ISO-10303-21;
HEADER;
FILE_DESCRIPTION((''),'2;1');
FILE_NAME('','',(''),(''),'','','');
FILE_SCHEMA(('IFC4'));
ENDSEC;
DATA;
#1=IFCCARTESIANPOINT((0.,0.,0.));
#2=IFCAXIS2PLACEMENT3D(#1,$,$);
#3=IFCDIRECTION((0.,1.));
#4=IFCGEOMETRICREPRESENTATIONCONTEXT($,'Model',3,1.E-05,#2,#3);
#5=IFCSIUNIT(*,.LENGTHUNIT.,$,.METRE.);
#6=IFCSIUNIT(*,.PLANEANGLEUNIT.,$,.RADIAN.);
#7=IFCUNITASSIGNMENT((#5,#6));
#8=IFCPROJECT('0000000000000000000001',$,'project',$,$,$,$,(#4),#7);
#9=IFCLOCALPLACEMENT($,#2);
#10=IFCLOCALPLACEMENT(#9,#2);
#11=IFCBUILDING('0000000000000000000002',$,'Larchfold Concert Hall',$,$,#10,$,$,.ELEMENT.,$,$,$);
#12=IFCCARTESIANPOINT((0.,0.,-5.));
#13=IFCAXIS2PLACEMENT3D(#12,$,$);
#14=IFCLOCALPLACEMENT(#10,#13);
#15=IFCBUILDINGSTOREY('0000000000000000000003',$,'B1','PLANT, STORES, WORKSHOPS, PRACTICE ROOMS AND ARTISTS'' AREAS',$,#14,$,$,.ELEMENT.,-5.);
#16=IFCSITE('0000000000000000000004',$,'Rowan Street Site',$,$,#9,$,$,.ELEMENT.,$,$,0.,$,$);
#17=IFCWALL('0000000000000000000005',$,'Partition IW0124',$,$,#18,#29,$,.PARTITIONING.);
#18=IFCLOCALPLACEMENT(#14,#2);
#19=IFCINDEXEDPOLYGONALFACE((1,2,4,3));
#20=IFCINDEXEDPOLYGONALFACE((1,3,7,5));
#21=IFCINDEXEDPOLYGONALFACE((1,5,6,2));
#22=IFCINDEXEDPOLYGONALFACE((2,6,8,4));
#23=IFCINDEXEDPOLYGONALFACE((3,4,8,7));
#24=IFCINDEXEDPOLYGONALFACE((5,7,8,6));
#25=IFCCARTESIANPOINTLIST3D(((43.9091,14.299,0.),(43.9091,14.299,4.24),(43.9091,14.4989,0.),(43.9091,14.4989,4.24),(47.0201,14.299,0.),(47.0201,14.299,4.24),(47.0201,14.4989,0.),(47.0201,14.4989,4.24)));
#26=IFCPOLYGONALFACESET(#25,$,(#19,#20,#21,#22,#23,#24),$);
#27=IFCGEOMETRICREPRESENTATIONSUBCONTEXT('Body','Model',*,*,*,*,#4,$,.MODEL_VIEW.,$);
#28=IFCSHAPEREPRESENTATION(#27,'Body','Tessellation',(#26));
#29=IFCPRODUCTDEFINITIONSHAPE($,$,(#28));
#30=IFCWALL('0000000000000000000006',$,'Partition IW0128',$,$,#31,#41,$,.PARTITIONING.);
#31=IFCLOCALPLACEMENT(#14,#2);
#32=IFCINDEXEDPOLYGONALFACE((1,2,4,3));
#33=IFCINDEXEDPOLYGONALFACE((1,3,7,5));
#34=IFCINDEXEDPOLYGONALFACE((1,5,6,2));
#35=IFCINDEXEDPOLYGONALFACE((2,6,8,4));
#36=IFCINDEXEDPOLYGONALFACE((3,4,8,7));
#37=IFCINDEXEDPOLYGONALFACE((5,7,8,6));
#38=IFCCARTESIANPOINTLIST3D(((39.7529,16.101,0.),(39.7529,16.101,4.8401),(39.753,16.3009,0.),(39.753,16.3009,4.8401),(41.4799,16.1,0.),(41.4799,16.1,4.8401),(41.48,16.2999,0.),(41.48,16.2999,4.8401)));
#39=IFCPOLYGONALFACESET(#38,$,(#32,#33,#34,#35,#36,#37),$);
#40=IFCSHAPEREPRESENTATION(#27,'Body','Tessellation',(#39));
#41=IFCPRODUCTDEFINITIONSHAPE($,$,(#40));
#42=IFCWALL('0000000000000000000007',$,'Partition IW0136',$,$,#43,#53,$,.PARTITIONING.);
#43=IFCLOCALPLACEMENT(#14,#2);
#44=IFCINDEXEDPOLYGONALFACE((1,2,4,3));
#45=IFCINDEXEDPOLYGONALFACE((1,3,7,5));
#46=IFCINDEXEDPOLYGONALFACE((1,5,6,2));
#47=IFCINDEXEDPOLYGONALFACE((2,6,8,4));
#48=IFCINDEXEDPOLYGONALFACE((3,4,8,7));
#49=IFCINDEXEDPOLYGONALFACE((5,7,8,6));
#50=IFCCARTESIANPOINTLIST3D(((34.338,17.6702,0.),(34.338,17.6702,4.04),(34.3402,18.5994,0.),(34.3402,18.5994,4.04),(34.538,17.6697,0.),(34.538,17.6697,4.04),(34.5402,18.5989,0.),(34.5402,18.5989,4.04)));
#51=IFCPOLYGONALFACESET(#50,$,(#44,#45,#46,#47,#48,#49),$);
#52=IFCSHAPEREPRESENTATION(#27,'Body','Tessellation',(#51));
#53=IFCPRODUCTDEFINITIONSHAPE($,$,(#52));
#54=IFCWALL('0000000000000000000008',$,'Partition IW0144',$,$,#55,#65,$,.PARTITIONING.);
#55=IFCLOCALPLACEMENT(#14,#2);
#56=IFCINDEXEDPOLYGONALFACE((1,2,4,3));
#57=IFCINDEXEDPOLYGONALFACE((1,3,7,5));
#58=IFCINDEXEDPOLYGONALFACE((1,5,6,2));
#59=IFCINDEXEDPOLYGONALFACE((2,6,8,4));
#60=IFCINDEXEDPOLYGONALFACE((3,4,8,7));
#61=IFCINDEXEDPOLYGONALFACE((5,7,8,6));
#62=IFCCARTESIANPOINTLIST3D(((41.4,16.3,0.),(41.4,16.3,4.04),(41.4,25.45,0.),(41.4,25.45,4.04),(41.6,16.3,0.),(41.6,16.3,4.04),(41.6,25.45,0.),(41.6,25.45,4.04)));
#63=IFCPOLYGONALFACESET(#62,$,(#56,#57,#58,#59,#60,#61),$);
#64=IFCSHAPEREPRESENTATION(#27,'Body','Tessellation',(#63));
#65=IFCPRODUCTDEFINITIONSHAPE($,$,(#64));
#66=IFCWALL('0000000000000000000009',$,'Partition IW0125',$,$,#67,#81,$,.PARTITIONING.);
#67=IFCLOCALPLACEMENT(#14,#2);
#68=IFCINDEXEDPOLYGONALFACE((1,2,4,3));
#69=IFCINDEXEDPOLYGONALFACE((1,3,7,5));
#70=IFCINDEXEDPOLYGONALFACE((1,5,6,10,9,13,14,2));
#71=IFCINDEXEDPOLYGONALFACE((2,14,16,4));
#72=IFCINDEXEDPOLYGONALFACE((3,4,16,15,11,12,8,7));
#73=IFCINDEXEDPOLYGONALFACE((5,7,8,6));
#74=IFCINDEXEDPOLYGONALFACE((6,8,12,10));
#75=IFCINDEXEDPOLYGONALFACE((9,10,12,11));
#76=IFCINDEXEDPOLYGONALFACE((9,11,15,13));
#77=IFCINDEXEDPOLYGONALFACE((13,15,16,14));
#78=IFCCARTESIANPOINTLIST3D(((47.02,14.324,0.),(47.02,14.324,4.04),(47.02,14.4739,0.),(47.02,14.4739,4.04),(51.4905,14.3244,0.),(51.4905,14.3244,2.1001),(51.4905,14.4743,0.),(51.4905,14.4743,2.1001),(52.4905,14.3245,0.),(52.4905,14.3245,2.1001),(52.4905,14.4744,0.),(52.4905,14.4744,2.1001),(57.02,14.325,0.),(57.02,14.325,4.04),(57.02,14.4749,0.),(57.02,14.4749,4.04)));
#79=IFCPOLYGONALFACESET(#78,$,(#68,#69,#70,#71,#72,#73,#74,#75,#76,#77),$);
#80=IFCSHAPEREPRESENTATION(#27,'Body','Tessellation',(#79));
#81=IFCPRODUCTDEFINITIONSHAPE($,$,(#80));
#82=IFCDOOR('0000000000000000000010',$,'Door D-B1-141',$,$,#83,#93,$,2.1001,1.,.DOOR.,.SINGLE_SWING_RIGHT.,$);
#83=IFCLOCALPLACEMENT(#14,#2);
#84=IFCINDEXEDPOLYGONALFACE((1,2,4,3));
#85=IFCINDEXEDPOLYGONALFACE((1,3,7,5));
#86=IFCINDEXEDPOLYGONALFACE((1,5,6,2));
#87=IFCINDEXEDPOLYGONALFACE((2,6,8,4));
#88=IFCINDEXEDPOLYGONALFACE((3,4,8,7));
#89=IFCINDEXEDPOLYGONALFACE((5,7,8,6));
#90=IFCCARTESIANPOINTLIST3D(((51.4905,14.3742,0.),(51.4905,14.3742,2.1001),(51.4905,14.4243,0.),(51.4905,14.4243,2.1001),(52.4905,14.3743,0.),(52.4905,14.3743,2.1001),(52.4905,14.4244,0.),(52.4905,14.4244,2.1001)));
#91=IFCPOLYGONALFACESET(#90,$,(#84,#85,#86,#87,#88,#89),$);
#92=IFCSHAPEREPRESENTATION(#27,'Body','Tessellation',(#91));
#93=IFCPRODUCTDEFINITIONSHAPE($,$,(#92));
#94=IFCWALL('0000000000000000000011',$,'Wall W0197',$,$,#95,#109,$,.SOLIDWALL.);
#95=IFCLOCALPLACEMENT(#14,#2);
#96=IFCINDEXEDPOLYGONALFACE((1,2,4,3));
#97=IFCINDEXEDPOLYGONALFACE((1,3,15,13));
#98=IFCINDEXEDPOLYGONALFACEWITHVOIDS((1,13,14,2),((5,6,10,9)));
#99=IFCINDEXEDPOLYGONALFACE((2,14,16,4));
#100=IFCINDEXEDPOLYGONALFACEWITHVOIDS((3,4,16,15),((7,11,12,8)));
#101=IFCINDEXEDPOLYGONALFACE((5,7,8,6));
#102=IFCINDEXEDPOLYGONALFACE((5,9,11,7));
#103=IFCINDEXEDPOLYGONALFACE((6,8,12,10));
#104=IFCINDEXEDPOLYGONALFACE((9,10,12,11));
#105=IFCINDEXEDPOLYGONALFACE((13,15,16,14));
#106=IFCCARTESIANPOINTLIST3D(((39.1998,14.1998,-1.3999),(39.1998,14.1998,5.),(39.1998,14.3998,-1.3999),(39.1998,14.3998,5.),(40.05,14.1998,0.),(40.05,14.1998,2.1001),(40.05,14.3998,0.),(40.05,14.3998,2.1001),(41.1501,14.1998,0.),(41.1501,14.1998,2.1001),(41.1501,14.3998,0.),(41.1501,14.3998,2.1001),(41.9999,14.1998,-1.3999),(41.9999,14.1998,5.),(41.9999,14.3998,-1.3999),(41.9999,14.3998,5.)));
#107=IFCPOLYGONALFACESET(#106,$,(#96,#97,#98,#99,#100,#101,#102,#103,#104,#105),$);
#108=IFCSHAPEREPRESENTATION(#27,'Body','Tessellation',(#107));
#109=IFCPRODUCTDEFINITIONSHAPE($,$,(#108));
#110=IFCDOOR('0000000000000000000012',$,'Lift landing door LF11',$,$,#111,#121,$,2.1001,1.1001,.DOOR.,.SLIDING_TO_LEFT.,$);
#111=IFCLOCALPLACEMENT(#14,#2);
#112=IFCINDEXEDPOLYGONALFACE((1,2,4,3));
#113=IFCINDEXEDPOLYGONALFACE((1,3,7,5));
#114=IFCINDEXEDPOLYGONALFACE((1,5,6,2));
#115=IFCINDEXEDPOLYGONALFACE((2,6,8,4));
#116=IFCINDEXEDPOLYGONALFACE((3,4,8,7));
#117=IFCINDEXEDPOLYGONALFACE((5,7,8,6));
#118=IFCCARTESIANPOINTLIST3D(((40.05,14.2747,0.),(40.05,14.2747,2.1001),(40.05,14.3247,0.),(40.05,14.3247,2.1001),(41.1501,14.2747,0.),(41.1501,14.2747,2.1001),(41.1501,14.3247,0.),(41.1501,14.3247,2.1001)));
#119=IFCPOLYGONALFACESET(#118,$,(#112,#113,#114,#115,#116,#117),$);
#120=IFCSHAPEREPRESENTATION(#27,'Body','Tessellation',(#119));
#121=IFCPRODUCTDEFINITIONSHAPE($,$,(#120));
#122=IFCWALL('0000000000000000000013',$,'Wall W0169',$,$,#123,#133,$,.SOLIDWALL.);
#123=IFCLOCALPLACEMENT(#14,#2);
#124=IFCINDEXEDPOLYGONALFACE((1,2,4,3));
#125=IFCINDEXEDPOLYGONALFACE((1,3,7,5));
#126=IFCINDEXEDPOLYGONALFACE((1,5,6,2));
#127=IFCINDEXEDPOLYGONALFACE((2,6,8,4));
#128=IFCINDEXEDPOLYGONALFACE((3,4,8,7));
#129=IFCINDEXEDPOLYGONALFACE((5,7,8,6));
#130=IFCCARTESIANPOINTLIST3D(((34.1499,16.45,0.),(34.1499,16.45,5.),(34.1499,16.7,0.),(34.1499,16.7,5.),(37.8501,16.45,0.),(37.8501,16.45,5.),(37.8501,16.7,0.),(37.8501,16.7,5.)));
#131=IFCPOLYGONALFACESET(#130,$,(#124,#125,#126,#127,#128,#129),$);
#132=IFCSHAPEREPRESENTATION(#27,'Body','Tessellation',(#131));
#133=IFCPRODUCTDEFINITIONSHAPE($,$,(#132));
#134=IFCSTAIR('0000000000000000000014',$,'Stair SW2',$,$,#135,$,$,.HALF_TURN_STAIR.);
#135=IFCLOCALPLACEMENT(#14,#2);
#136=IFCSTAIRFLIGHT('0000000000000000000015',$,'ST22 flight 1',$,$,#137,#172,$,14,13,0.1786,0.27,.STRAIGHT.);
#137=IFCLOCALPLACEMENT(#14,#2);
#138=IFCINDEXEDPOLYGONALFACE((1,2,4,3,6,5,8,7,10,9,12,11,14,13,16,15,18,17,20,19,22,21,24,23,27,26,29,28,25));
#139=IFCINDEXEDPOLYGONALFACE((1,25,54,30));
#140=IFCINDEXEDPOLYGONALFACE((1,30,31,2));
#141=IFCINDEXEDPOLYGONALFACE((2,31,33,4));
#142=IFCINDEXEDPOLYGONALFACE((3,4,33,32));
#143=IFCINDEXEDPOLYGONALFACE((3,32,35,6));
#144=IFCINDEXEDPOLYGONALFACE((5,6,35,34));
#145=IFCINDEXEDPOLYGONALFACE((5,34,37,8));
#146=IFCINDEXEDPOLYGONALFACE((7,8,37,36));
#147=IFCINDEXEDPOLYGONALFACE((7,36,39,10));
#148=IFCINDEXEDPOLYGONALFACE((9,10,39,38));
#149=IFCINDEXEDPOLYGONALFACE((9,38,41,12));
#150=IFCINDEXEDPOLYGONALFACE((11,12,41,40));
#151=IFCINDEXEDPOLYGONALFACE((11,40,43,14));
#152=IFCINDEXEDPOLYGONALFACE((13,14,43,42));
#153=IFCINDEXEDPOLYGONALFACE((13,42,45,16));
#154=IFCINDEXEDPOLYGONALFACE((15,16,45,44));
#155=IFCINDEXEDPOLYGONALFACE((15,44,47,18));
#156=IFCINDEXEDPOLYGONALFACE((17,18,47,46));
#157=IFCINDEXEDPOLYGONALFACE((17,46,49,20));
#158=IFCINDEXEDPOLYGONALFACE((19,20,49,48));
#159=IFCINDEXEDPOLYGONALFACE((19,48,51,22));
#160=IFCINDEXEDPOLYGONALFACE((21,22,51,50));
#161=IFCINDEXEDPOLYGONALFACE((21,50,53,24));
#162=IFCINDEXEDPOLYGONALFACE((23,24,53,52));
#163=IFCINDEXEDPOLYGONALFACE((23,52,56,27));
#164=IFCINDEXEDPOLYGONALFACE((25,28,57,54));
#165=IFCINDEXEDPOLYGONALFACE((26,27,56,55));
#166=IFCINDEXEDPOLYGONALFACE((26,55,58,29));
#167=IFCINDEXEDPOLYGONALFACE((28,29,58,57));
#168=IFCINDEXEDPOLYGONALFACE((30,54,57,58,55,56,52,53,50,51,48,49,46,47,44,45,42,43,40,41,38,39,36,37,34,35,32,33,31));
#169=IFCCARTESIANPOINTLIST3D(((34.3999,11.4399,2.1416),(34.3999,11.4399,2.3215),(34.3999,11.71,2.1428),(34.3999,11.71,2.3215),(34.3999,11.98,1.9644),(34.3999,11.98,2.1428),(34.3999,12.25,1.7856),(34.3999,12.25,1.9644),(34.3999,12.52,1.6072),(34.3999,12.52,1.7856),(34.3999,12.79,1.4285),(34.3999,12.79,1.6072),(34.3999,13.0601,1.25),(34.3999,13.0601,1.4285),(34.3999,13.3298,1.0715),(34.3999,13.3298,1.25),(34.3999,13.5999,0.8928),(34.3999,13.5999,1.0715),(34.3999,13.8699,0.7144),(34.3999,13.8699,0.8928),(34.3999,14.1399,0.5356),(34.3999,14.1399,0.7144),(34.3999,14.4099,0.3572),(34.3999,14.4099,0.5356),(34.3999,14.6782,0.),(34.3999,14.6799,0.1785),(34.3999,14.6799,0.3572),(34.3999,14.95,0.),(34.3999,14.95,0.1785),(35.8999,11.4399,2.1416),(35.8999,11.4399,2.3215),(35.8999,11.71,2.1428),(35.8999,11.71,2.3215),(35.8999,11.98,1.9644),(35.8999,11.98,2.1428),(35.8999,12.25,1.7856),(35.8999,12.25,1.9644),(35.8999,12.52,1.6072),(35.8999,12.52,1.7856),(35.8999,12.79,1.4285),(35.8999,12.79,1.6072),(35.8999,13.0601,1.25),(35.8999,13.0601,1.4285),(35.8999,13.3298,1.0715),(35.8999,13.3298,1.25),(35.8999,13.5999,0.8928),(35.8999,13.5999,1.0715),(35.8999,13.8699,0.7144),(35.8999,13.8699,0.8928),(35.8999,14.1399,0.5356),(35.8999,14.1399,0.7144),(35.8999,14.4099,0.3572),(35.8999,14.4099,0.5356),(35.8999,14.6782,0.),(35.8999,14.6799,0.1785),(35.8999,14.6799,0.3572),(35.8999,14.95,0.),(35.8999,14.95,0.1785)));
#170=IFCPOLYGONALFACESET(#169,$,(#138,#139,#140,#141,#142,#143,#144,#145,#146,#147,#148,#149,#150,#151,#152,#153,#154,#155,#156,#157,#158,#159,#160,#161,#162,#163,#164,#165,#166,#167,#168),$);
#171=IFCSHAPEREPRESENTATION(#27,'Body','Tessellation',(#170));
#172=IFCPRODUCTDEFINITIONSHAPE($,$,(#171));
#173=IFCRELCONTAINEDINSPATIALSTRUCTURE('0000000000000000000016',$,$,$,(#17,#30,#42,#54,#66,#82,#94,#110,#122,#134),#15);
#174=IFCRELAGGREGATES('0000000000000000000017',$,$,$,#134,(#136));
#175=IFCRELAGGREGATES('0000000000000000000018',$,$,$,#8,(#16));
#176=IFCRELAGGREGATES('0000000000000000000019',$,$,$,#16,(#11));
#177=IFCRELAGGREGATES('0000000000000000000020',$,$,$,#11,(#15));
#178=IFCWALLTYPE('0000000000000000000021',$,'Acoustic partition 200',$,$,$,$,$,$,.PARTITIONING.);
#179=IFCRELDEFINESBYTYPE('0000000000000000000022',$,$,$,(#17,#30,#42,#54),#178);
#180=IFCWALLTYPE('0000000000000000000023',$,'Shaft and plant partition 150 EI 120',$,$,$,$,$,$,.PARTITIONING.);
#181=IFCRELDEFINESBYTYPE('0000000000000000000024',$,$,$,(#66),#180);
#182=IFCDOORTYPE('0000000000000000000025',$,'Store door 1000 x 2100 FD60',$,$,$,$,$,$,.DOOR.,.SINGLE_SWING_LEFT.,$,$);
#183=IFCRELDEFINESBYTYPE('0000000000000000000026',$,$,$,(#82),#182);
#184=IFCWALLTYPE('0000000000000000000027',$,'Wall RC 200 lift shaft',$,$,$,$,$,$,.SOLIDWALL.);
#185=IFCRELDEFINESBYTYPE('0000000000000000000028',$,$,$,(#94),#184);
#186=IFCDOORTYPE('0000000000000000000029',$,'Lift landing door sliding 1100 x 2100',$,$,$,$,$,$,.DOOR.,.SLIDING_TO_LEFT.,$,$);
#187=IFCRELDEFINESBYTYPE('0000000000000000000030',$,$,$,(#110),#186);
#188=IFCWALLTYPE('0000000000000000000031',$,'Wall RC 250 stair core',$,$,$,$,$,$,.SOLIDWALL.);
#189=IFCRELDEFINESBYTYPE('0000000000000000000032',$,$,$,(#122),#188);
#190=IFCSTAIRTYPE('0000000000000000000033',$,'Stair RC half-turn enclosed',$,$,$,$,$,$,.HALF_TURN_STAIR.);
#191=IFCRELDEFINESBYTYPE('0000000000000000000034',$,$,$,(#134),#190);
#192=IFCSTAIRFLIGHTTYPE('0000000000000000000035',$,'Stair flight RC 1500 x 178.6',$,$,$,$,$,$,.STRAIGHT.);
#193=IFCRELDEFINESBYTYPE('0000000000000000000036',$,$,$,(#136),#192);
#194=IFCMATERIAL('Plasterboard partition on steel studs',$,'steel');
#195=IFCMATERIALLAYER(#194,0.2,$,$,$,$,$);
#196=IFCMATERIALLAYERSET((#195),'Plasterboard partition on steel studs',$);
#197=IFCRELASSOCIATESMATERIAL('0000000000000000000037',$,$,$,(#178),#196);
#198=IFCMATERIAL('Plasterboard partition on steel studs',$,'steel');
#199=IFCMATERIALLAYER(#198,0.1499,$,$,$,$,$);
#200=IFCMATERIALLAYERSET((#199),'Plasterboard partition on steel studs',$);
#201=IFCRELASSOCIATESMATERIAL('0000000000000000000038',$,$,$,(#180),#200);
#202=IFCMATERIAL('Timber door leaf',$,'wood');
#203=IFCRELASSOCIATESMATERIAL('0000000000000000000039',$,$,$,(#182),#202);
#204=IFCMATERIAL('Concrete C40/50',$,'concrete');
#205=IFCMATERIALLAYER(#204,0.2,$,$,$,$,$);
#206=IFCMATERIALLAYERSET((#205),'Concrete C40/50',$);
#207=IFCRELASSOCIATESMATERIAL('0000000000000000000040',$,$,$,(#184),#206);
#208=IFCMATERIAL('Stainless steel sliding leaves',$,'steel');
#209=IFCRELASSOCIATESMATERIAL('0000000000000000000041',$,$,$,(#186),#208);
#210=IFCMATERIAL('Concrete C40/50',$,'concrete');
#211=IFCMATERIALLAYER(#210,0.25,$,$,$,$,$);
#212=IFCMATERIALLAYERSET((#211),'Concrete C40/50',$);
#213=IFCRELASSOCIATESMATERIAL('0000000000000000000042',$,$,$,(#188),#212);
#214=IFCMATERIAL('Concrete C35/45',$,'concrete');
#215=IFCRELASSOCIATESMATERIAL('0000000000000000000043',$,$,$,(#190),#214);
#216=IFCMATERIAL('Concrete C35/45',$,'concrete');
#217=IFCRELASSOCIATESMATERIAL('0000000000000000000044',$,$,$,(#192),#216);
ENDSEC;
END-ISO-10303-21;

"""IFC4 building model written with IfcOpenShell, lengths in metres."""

from ifc_helpers import new_model, si_unit, direction, frame, frame_2d, origin, place, context, subcontext, project, spatial, polyline, rectangle, outline, extrude, material, layer, layer_set, type_object, element, fill, aggregate, save


model = new_model("IFC4")

# Units and contexts
model_context = context("Model", 3, precision=1e-05, world=origin(), true_north=direction((0.0, 1.0)))
body_context = subcontext(model_context, "Body", "Model", "MODEL_VIEW")
ifc_project = project(units=[si_unit("LENGTHUNIT", "METRE"), si_unit("PLANEANGLEUNIT", "RADIAN")], contexts=[model_context])

# Site, building, storey
site_placement = place(None, origin())
site = spatial("IfcSite", under=ifc_project, at=site_placement, Name="Rowan Street Site", CompositionType="ELEMENT", RefElevation=0.0)
building_placement = place(site_placement, origin())
building = spatial("IfcBuilding", under=site, at=building_placement, Name="Larchfold Concert Hall", CompositionType="ELEMENT")
storey_placement = place(building_placement, frame((0.0, 0.0, -5.0)))
storey = spatial("IfcBuildingStorey", under=building, at=storey_placement, Name="B1", Description="PLANT, STORES, WORKSHOPS, PRACTICE ROOMS AND ARTISTS' AREAS", CompositionType="ELEMENT", Elevation=-5.0)

# Shared definitions
ifc_material_1 = material(Name="Plasterboard partition on steel studs", Category="steel")
ifc_layer_1 = layer(ifc_material_1, 0.2)
ifc_layer_set_1 = layer_set([ifc_layer_1], Name="Plasterboard partition on steel studs")
wall_type_1 = type_object("IfcWallType", Name="Acoustic partition 200", PredefinedType="PARTITIONING", material=ifc_layer_set_1)

# Walls
wall_1_placement = place(storey_placement, frame((43.9089, 14.3989, 0.0), z_axis=(0.0, 0.0, 1.0), x_axis=(1.0, 0.0, 0.0)))
element("IfcWall", 1, at=wall_1_placement, inside=storey, type_object=wall_type_1, Name="Partition IW0124", PredefinedType="PARTITIONING", context=body_context, shape_type="SweptSolid", body=[
    extrude(rectangle(XDim=3.1111, YDim=0.2, at=frame_2d((1.5557, 0.0))), origin(), (0.0, 0.0, 1.0), 4.24),
])
wall_2_placement = place(storey_placement, frame((39.7529, 16.2009, 0.0), z_axis=(0.0, 0.0, 1.0), x_axis=(1.0, -0.000565, 0.0)))
element("IfcWall", 2, at=wall_2_placement, inside=storey, type_object=wall_type_1, Name="Partition IW0128", PredefinedType="PARTITIONING", context=body_context, shape_type="SweptSolid", body=[
    extrude(rectangle(XDim=1.7271, YDim=0.2, at=frame_2d((0.8635, 0.0))), origin(), (0.0, 0.0, 1.0), 4.8401),
])
wall_3_placement = place(storey_placement, frame((34.438, 17.6699, 0.0), z_axis=(0.0, 0.0, 1.0), x_axis=(0.002365, 0.999997, 0.0)))
element("IfcWall", 3, at=wall_3_placement, inside=storey, type_object=wall_type_1, Name="Partition IW0136", PredefinedType="PARTITIONING", context=body_context, shape_type="SweptSolid", body=[
    extrude(rectangle(XDim=0.9292, YDim=0.2, at=frame_2d((0.4646, 0.0))), origin(), (0.0, 0.0, 1.0), 4.04),
])
wall_4_placement = place(storey_placement, frame((41.5, 16.3, 0.0), z_axis=(0.0, 0.0, 1.0), x_axis=(0.0, 1.0, 0.0)))
element("IfcWall", 4, at=wall_4_placement, inside=storey, type_object=wall_type_1, Name="Partition IW0144", PredefinedType="PARTITIONING", context=body_context, shape_type="SweptSolid", body=[
    extrude(rectangle(XDim=9.1499, YDim=0.2, at=frame_2d((4.575, 0.0))), origin(), (0.0, 0.0, 1.0), 4.04),
])

# Walls, openings, doors
ifc_material_2 = material(Name="Plasterboard partition on steel studs", Category="steel")
ifc_layer_2 = layer(ifc_material_2, 0.1499)
ifc_layer_set_2 = layer_set([ifc_layer_2], Name="Plasterboard partition on steel studs")
wall_type_2 = type_object("IfcWallType", Name="Shaft and plant partition 150 EI 120", PredefinedType="PARTITIONING", material=ifc_layer_set_2)
wall_5_placement = place(storey_placement, frame((47.02, 14.3989, 0.0), z_axis=(0.0, 0.0, 1.0), x_axis=(1.0, 0.000098, 0.0)))
wall_5 = element("IfcWall", 5, at=wall_5_placement, inside=storey, type_object=wall_type_2, Name="Partition IW0125", PredefinedType="PARTITIONING", context=body_context, shape_type="SweptSolid", body=[
    extrude(rectangle(XDim=10.0, YDim=0.1499, at=frame_2d((5.0, 0.0))), origin(), (0.0, 0.0, 1.0), 4.04),
])
opening_1_placement = place(wall_5_placement, frame((4.4705, 0.0, 0.0)))
opening_1 = element("IfcOpeningElement", 6, at=opening_1_placement, cuts=wall_5, PredefinedType="OPENING", context=body_context, shape_type="SweptSolid", body=[
    extrude(rectangle(XDim=1.0, YDim=2.1001, at=frame_2d((0.5, 1.05))), frame((0.0, 0.085, 0.0), z_axis=(0.0, -1.0, 0.0), x_axis=(1.0, 0.0, 0.0)), (0.0, 0.0, 1.0), 0.1699),
])
ifc_material_3 = material(Name="Timber door leaf", Category="wood")
door_type_1 = type_object("IfcDoorType", Name="Store door 1000 x 2100 FD60", OperationType="SINGLE_SWING_LEFT", PredefinedType="DOOR", material=ifc_material_3)
door_1_placement = place(opening_1_placement, origin())
door_1 = element("IfcDoor", 7, at=door_1_placement, inside=storey, type_object=door_type_1, Name="Door D-B1-141", OperationType="SINGLE_SWING_RIGHT", OverallHeight=2.1001, OverallWidth=1.0, PredefinedType="DOOR", context=body_context, shape_type="SweptSolid", body=[
    extrude(rectangle(XDim=1.0, YDim=2.1001, at=frame_2d((0.5, 1.05))), frame((0.0, 0.0249, 0.0), z_axis=(0.0, -1.0, 0.0), x_axis=(1.0, 0.0, 0.0)), (0.0, 0.0, 1.0), 0.05),
])
fill(opening_1, door_1)
ifc_material_4 = material(Name="Concrete C40/50", Category="concrete")
ifc_layer_3 = layer(ifc_material_4, 0.2)
ifc_layer_set_3 = layer_set([ifc_layer_3], Name="Concrete C40/50")
wall_type_3 = type_object("IfcWallType", Name="Wall RC 200 lift shaft", PredefinedType="SOLIDWALL", material=ifc_layer_set_3)
wall_6_placement = place(storey_placement, frame((39.2, 14.2998, -1.3999), z_axis=(0.0, 0.0, 1.0), x_axis=(1.0, 0.0, 0.0)))
wall_6 = element("IfcWall", 8, at=wall_6_placement, inside=storey, type_object=wall_type_3, Name="Wall W0197", PredefinedType="SOLIDWALL", context=body_context, shape_type="SweptSolid", body=[
    extrude(rectangle(XDim=2.8, YDim=0.2, at=frame_2d((1.3999, 0.0))), origin(), (0.0, 0.0, 1.0), 6.3999),
])
opening_2_placement = place(wall_6_placement, frame((0.8501, 0.0, 1.3999)))
opening_2 = element("IfcOpeningElement", 9, at=opening_2_placement, cuts=wall_6, PredefinedType="OPENING", context=body_context, shape_type="SweptSolid", body=[
    extrude(rectangle(XDim=1.1001, YDim=2.1001, at=frame_2d((0.55, 1.05))), frame((0.0, 0.1099, 0.0), z_axis=(0.0, -1.0, 0.0), x_axis=(1.0, 0.0, 0.0)), (0.0, 0.0, 1.0), 0.22),
])
ifc_material_5 = material(Name="Stainless steel sliding leaves", Category="steel")
door_type_2 = type_object("IfcDoorType", Name="Lift landing door sliding 1100 x 2100", OperationType="SLIDING_TO_LEFT", PredefinedType="DOOR", material=ifc_material_5)
door_2_placement = place(opening_2_placement, origin())
door_2 = element("IfcDoor", 10, at=door_2_placement, inside=storey, type_object=door_type_2, Name="Lift landing door LF11", OperationType="SLIDING_TO_LEFT", OverallHeight=2.1001, OverallWidth=1.1001, PredefinedType="DOOR", context=body_context, shape_type="SweptSolid", body=[
    extrude(rectangle(XDim=1.1001, YDim=2.1001, at=frame_2d((0.55, 1.05))), frame((0.0, 0.0249, 0.0), z_axis=(0.0, -1.0, 0.0), x_axis=(1.0, 0.0, 0.0)), (0.0, 0.0, 1.0), 0.05),
])
fill(opening_2, door_2)

# Wall
ifc_material_6 = material(Name="Concrete C40/50", Category="concrete")
ifc_layer_4 = layer(ifc_material_6, 0.25)
ifc_layer_set_4 = layer_set([ifc_layer_4], Name="Concrete C40/50")
wall_type_4 = type_object("IfcWallType", Name="Wall RC 250 stair core", PredefinedType="SOLIDWALL", material=ifc_layer_set_4)
wall_7_placement = place(storey_placement, frame((34.1499, 16.575, 0.0), z_axis=(0.0, 0.0, 1.0), x_axis=(1.0, 0.0, 0.0)))
element("IfcWall", 11, at=wall_7_placement, inside=storey, type_object=wall_type_4, Name="Wall W0169", PredefinedType="SOLIDWALL", context=body_context, shape_type="SweptSolid", body=[
    extrude(rectangle(XDim=3.7002, YDim=0.25, at=frame_2d((1.8501, 0.0))), origin(), (0.0, 0.0, 1.0), 5.0),
])

# Stair, stair flight
ifc_material_7 = material(Name="Concrete C35/45", Category="concrete")
stair_type = type_object("IfcStairType", Name="Stair RC half-turn enclosed", PredefinedType="HALF_TURN_STAIR", material=ifc_material_7)
stair_placement = place(storey_placement, origin())
stair = element("IfcStair", 12, at=stair_placement, inside=storey, type_object=stair_type, Name="Stair SW2", PredefinedType="HALF_TURN_STAIR")
ifc_material_8 = material(Name="Concrete C35/45", Category="concrete")
stair_flight_type = type_object("IfcStairFlightType", Name="Stair flight RC 1500 x 178.6", PredefinedType="STRAIGHT", material=ifc_material_8)
stair_flight_placement = place(storey_placement, frame((35.1499, 14.95, 0.0), z_axis=(0.0, 0.0, 1.0), x_axis=(0.0, -1.0, 0.0)))
stair_flight = element("IfcStairFlight", 13, at=stair_flight_placement, type_object=stair_flight_type, Name="ST22 flight 1", NumberOfRisers=14, NumberOfTreads=13, PredefinedType="STRAIGHT", RiserHeight=0.1786, TreadLength=0.27, context=body_context, shape_type="SweptSolid", body=[
    extrude(outline(polyline([(0.0, 0.0), (0.0, 0.1785), (0.27, 0.1785), (0.27, 0.3572), (0.54, 0.3572), (0.54, 0.5356), (0.8101, 0.5356), (0.8101, 0.7144), (1.0801, 0.7144), (1.0801, 0.8928), (1.3501, 0.8928), (1.3501, 1.0715), (1.6201, 1.0715), (1.6201, 1.25), (1.8899, 1.25), (1.8899, 1.4285), (2.1599, 1.4285), (2.1599, 1.6072), (2.4299, 1.6072), (2.4299, 1.7856), (2.7, 1.7856), (2.7, 1.9644), (2.97, 1.9644), (2.97, 2.1428), (3.24, 2.1428), (3.24, 2.3215), (3.51, 2.3215), (3.51, 2.5), (3.51, 2.1416), (0.2717, 0.0), (0.0, 0.0)])), frame((0.0, 0.75, 0.0), z_axis=(0.0, -1.0, 0.0), x_axis=(1.0, 0.0, 0.0)), (0.0, 0.0, 1.0), 1.5),
])
aggregate(stair, [stair_flight])

save(model, "model.ifc")
